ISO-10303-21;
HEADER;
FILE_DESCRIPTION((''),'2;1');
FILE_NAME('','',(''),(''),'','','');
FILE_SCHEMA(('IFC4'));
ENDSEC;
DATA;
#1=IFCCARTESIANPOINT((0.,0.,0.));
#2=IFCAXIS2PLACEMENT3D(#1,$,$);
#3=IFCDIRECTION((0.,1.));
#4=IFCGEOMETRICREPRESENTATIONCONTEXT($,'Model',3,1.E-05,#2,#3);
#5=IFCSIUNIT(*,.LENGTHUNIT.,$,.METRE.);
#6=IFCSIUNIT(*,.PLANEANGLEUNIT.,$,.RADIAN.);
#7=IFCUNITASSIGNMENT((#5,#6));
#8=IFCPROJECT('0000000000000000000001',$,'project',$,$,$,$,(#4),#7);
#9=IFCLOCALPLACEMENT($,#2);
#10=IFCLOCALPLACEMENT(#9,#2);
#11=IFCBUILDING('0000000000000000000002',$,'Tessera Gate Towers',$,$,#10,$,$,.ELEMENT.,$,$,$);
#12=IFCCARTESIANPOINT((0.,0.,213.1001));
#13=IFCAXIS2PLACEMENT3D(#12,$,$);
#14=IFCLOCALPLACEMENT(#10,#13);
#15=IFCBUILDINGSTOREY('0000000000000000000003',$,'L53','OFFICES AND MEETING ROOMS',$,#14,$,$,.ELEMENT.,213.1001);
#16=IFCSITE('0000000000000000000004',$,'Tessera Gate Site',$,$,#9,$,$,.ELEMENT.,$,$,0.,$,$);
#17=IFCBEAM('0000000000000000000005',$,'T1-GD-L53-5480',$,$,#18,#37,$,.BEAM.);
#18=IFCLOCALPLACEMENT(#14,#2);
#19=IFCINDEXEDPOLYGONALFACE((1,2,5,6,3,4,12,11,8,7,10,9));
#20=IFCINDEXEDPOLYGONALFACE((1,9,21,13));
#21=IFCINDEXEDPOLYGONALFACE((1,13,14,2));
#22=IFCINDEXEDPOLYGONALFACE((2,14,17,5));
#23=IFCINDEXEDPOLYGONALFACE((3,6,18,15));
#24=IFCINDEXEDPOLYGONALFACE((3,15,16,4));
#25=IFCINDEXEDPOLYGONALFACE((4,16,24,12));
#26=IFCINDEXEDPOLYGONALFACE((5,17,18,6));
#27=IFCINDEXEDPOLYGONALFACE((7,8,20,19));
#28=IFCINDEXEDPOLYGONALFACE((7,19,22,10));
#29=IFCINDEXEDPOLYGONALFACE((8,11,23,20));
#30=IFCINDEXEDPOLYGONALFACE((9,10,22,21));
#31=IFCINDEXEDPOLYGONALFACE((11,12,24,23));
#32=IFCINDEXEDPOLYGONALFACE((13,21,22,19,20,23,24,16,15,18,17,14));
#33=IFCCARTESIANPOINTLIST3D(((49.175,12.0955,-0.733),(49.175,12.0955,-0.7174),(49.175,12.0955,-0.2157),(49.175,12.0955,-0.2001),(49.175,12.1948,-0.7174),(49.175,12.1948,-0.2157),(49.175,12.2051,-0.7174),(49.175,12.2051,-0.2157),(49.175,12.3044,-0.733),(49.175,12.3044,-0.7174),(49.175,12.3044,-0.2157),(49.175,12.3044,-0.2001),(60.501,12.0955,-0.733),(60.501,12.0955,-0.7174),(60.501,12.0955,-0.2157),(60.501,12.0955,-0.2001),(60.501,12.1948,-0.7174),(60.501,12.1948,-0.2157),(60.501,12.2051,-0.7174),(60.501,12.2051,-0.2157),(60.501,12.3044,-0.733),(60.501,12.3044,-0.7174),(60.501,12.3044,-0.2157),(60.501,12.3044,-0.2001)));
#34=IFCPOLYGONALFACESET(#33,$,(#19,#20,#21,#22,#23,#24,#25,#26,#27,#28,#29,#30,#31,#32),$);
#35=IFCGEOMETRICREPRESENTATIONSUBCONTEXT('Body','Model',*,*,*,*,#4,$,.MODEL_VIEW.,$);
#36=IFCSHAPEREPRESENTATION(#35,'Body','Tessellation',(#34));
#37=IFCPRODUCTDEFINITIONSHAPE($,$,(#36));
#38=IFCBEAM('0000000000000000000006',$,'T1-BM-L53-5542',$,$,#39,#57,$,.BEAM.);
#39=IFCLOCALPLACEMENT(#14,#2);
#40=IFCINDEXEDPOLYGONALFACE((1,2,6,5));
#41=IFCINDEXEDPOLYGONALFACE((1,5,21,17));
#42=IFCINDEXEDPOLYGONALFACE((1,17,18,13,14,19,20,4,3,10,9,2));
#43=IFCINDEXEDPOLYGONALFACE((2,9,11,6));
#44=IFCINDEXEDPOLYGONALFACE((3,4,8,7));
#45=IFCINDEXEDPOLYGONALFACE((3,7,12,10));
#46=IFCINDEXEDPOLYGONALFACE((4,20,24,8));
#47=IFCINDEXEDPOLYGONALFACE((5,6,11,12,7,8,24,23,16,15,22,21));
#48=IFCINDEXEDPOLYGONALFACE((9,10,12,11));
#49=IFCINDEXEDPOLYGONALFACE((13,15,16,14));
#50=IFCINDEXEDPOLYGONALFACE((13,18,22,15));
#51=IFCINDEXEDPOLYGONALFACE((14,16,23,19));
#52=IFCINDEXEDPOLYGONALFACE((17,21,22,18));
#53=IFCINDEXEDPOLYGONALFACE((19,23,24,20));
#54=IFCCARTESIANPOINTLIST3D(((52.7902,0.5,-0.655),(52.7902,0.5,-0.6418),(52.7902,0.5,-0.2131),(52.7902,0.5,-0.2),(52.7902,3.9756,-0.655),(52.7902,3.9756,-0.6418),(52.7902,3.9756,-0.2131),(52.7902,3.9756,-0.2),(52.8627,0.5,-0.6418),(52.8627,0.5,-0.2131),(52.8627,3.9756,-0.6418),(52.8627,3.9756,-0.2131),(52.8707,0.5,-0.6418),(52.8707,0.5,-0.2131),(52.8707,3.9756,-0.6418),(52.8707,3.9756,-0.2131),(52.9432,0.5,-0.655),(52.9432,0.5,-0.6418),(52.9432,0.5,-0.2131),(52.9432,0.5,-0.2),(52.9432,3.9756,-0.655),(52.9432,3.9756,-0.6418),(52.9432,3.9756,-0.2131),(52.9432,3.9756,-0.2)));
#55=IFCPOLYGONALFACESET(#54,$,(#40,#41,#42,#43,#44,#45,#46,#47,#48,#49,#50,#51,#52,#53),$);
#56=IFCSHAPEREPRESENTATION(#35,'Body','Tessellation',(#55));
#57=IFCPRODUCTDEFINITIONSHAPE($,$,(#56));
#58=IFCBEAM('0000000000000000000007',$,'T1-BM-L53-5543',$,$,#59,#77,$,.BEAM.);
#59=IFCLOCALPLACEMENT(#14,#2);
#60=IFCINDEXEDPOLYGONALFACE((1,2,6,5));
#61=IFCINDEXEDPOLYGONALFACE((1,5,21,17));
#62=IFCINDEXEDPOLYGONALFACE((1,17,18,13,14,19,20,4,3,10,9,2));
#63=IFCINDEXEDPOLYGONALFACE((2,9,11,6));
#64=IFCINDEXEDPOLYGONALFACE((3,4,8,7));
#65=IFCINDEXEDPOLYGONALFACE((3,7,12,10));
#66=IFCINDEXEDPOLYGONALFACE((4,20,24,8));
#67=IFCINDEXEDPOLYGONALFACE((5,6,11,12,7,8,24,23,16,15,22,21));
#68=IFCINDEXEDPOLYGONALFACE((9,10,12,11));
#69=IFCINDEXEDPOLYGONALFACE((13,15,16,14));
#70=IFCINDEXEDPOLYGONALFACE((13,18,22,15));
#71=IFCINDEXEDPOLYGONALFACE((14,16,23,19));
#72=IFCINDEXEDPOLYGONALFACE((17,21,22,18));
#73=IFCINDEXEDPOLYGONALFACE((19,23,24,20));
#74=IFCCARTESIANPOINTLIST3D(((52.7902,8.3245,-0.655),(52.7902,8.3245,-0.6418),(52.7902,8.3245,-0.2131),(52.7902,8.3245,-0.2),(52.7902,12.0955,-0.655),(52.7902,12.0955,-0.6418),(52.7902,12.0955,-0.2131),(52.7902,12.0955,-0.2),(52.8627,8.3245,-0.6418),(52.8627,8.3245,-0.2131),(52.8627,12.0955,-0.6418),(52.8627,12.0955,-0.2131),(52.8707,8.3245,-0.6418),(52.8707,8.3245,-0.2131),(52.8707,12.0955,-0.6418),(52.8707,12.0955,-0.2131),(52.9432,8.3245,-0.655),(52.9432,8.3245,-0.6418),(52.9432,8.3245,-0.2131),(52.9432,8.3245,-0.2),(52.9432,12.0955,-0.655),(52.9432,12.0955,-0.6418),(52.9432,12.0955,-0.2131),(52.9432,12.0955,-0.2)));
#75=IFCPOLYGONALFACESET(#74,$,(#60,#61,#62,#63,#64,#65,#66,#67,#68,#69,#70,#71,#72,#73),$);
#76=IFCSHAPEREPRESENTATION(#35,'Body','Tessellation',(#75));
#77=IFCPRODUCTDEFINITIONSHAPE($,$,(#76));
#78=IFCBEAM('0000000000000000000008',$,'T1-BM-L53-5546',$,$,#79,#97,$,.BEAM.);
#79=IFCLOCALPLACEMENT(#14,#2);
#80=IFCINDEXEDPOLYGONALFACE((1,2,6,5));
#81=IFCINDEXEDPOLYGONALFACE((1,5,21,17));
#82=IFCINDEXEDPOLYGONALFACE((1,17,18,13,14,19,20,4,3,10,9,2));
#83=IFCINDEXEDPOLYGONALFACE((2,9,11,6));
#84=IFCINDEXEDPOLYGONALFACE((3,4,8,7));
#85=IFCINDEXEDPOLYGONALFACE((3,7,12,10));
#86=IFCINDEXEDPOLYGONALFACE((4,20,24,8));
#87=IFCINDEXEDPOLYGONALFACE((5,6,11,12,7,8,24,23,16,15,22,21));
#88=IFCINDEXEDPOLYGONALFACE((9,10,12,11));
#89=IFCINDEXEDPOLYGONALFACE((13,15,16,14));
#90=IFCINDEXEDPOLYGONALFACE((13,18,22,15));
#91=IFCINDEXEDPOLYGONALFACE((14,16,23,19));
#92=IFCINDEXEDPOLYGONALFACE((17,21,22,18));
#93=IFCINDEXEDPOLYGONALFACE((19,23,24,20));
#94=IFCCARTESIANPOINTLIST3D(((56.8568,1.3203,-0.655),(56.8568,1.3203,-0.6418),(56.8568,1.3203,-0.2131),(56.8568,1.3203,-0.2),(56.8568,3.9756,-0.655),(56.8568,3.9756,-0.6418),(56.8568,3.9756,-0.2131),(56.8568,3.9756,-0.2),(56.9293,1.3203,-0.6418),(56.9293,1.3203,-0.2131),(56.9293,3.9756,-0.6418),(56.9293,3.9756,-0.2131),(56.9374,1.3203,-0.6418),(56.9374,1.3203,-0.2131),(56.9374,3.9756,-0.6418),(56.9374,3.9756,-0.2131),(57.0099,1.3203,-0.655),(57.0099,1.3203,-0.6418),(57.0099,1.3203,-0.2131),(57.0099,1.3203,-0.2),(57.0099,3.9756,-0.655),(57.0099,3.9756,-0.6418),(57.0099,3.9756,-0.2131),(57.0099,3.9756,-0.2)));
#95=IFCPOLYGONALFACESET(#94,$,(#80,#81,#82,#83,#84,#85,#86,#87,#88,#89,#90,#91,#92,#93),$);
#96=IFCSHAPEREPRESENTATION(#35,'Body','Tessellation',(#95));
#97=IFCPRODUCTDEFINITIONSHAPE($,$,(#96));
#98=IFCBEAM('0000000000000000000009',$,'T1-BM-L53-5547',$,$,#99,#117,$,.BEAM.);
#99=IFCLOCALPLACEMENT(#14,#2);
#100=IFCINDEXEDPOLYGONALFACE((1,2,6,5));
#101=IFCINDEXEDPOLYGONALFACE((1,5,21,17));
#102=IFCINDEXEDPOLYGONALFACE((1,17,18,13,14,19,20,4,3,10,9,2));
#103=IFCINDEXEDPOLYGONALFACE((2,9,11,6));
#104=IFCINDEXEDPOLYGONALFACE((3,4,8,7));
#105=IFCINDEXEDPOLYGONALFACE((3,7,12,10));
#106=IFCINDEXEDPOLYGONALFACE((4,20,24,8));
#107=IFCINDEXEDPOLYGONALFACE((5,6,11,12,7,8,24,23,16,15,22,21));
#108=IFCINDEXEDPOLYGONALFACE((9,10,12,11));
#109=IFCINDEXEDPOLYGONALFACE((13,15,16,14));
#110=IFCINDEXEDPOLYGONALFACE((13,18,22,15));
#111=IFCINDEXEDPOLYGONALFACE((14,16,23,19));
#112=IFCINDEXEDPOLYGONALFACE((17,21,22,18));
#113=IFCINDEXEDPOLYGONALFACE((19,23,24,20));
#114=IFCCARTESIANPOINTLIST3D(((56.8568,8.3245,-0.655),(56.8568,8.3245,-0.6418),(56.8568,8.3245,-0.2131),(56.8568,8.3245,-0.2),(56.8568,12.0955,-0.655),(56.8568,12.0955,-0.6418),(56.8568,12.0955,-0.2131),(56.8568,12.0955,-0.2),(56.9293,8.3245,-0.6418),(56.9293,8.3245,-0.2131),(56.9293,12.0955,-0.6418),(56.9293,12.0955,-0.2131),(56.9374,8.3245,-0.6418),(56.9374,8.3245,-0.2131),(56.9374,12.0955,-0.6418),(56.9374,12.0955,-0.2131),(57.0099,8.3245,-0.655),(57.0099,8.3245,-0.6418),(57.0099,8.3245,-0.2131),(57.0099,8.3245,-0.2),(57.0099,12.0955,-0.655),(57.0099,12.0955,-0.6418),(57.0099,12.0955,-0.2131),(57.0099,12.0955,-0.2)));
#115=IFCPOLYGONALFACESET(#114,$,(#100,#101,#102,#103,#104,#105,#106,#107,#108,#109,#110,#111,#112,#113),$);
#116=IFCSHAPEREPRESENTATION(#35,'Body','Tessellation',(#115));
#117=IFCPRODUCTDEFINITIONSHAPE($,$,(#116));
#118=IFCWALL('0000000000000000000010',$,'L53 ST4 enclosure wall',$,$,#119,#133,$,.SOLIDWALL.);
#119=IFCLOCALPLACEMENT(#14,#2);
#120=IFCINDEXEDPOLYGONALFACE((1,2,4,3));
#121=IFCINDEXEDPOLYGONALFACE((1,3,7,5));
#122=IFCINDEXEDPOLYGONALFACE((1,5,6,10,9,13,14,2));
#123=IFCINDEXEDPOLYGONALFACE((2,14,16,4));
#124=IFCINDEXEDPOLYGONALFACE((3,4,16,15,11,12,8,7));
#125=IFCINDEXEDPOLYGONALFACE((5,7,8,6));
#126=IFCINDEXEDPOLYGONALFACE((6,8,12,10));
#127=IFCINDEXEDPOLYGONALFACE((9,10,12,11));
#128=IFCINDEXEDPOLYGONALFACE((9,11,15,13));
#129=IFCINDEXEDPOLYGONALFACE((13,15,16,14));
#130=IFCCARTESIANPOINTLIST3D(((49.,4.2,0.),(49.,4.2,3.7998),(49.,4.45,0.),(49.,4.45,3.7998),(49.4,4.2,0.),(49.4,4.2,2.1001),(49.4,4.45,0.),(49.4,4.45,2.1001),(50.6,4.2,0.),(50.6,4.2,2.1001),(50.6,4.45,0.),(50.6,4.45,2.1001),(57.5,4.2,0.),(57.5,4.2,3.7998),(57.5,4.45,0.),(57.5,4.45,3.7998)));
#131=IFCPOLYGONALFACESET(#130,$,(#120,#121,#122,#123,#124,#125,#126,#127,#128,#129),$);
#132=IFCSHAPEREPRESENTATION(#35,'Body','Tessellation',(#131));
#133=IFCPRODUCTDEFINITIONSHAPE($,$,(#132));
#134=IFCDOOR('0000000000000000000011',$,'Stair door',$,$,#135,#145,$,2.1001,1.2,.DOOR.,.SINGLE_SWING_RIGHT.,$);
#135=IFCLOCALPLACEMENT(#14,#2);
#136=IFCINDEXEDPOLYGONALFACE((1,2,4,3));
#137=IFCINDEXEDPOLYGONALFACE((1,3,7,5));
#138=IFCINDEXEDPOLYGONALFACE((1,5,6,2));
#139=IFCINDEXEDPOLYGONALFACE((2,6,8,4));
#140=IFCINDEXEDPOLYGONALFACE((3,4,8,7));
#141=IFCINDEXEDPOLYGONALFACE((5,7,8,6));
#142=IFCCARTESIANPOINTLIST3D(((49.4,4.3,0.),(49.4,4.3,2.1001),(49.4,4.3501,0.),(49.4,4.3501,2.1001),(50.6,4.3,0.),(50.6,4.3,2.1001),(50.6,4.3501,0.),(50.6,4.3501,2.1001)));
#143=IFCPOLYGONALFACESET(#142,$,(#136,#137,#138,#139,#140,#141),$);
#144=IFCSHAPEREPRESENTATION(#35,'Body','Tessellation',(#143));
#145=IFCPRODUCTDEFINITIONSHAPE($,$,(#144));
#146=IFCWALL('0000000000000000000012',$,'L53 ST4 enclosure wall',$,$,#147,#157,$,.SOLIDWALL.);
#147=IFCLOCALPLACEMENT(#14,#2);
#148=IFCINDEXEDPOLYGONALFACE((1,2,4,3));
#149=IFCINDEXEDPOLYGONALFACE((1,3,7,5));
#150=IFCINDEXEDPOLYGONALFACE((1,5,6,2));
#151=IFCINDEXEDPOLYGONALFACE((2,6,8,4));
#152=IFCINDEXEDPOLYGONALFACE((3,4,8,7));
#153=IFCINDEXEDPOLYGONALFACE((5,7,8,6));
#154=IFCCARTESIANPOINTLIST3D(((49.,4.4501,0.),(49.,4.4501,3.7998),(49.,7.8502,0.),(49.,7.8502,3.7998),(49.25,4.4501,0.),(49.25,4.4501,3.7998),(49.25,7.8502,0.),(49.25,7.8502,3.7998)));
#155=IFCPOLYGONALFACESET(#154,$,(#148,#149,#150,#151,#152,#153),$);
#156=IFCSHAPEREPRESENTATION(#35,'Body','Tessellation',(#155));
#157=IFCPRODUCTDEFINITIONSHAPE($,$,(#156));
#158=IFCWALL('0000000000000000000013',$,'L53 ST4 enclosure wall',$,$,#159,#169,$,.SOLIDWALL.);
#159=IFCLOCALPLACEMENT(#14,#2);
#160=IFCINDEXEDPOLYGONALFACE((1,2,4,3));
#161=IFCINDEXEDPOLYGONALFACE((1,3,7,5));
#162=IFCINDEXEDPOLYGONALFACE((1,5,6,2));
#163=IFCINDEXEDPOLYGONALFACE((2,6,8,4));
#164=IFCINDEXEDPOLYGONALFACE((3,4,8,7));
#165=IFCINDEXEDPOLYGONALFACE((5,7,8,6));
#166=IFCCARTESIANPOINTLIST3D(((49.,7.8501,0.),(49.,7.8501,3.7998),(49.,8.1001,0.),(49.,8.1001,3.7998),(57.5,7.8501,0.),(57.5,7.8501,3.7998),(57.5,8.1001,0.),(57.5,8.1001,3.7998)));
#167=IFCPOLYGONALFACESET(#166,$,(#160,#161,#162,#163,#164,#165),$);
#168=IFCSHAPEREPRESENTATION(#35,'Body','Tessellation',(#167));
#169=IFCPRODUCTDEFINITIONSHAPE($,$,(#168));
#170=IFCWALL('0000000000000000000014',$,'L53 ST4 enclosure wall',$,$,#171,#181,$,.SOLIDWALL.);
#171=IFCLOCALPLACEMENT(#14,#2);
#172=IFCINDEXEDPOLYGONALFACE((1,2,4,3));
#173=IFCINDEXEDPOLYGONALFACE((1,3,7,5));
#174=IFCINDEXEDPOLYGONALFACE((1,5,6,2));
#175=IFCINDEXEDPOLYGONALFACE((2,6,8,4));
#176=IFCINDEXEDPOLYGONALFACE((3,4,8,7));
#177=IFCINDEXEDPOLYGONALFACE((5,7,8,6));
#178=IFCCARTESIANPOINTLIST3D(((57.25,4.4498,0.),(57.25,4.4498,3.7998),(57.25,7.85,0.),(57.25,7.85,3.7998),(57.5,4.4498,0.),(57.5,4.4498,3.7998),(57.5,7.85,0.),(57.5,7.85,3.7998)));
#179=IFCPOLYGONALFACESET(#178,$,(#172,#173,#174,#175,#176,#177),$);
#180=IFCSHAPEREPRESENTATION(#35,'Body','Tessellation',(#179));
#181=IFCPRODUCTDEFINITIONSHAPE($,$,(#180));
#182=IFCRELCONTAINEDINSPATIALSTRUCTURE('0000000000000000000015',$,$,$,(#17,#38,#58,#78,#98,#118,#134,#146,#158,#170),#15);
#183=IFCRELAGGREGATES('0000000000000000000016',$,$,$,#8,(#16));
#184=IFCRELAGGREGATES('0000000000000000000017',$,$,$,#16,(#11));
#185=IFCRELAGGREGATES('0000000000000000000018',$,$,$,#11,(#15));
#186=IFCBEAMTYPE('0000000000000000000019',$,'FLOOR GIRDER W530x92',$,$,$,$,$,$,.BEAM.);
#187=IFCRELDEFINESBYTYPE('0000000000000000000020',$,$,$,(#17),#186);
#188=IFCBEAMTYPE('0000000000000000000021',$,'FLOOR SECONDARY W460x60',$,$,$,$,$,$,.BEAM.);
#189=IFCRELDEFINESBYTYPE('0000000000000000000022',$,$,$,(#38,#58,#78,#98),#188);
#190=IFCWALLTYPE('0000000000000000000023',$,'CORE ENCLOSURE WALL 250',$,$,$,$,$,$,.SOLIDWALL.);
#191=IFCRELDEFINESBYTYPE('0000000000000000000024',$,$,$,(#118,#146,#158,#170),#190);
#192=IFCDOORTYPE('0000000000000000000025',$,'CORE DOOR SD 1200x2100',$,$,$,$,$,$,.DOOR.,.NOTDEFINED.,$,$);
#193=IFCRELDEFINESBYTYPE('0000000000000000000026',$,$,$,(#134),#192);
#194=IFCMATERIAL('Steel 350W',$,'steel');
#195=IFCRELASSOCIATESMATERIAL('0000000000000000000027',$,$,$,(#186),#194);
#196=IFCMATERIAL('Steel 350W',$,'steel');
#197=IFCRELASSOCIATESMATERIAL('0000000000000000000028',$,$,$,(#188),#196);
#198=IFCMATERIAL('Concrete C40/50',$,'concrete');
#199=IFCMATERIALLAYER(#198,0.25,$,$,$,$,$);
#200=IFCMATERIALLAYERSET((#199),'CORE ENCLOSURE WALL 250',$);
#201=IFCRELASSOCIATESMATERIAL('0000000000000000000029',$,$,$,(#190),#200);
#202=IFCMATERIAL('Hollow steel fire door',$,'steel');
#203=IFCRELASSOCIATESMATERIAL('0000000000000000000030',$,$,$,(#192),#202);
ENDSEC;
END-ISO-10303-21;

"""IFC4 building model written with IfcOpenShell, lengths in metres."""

from ifc_helpers import new_model, si_unit, direction, frame, frame_2d, origin, origin_2d, place, context, subcontext, project, spatial, rectangle, i_section, extrude, source, transform, mapped, material, layer, layer_set, material_profile, profile_set, type_object, element, fill, save


model = new_model("IFC4")

# Units and contexts
model_context = context("Model", 3, precision=1e-05, world=origin(), true_north=direction((0.0, 1.0)))
body_context = subcontext(model_context, "Body", "Model", "MODEL_VIEW")
ifc_project = project(units=[si_unit("LENGTHUNIT", "METRE"), si_unit("PLANEANGLEUNIT", "RADIAN")], contexts=[model_context])

# Site, building, storey
site_placement = place(None, origin())
site = spatial("IfcSite", under=ifc_project, at=site_placement, Name="Tessera Gate Site", CompositionType="ELEMENT", RefElevation=0.0)
building_placement = place(site_placement, origin())
building = spatial("IfcBuilding", under=site, at=building_placement, Name="Tessera Gate Towers", CompositionType="ELEMENT")
storey_placement = place(building_placement, frame((0.0, 0.0, 213.1001)))
storey = spatial("IfcBuildingStorey", under=building, at=storey_placement, Name="L53", Description="OFFICES AND MEETING ROOMS", CompositionType="ELEMENT", Elevation=213.1001)

# Beams
ifc_material_1 = material(Name="Steel 350W", Category="steel")
ifc_material_profile_1 = material_profile(ifc_material_1, i_section(OverallWidth=0.209, OverallDepth=0.533, WebThickness=0.0103, FlangeThickness=0.0156, at=origin_2d()), Name="W530x92")
ifc_profile_set_1 = profile_set([ifc_material_profile_1], Name="Steel 350W")
beam_type_1 = type_object("IfcBeamType", Name="FLOOR GIRDER W530x92", PredefinedType="BEAM", material=ifc_profile_set_1)
beam_1_placement = place(storey_placement, frame((49.175, 12.2, -0.4666), z_axis=(1.0, 0.0, 0.0), x_axis=(0.0, 1.0, 0.0)))
element("IfcBeam", 1, at=beam_1_placement, inside=storey, type_object=beam_type_1, Name="T1-GD-L53-5480", PredefinedType="BEAM", context=body_context, shape_type="SweptSolid", body=[
    extrude(i_section(OverallWidth=0.209, OverallDepth=0.533, WebThickness=0.0103, FlangeThickness=0.0156, at=origin_2d()), origin(), (0.0, 0.0, 1.0), 11.3259),
])
ifc_material_2 = material(Name="Steel 350W", Category="steel")
ifc_material_profile_2 = material_profile(ifc_material_2, i_section(OverallWidth=0.1531, OverallDepth=0.4551, WebThickness=0.0081, FlangeThickness=0.0132, at=origin_2d()), Name="W460x60")
ifc_profile_set_2 = profile_set([ifc_material_profile_2], Name="Steel 350W")
beam_type_2 = type_object("IfcBeamType", Name="FLOOR SECONDARY W460x60", PredefinedType="BEAM", material=ifc_profile_set_2)
beam_2_placement = place(storey_placement, frame((52.8667, 0.5, -0.4275), z_axis=(0.0, 1.0, 0.0), x_axis=(-1.0, 0.0, 0.0)))
element("IfcBeam", 2, at=beam_2_placement, inside=storey, type_object=beam_type_2, Name="T1-BM-L53-5542", PredefinedType="BEAM", context=body_context, shape_type="SweptSolid", body=[
    extrude(i_section(OverallWidth=0.1531, OverallDepth=0.4551, WebThickness=0.0081, FlangeThickness=0.0132, at=origin_2d()), origin(), (0.0, 0.0, 1.0), 3.4756),
])
beam_3_placement = place(storey_placement, frame((52.8667, 8.3245, -0.4275), z_axis=(0.0, 1.0, 0.0), x_axis=(-1.0, 0.0, 0.0)))
element("IfcBeam", 3, at=beam_3_placement, inside=storey, type_object=beam_type_2, Name="T1-BM-L53-5543", PredefinedType="BEAM", context=body_context, shape_type="SweptSolid", body=[
    extrude(i_section(OverallWidth=0.1531, OverallDepth=0.4551, WebThickness=0.0081, FlangeThickness=0.0132, at=origin_2d()), origin(), (0.0, 0.0, 1.0), 3.771),
])
beam_4_placement = place(storey_placement, frame((56.9333, 1.3203, -0.4275), z_axis=(0.0, 1.0, 0.0), x_axis=(-1.0, 0.0, 0.0)))
element("IfcBeam", 4, at=beam_4_placement, inside=storey, type_object=beam_type_2, Name="T1-BM-L53-5546", PredefinedType="BEAM", context=body_context, shape_type="SweptSolid", body=[
    extrude(i_section(OverallWidth=0.1531, OverallDepth=0.4551, WebThickness=0.0081, FlangeThickness=0.0132, at=origin_2d()), origin(), (0.0, 0.0, 1.0), 2.6553),
])
beam_5_placement = place(storey_placement, frame((56.9333, 8.3245, -0.4275), z_axis=(0.0, 1.0, 0.0), x_axis=(-1.0, 0.0, 0.0)))
element("IfcBeam", 5, at=beam_5_placement, inside=storey, type_object=beam_type_2, Name="T1-BM-L53-5547", PredefinedType="BEAM", context=body_context, shape_type="SweptSolid", body=[
    extrude(i_section(OverallWidth=0.1531, OverallDepth=0.4551, WebThickness=0.0081, FlangeThickness=0.0132, at=origin_2d()), origin(), (0.0, 0.0, 1.0), 3.771),
])

# Wall, opening, door
ifc_material_3 = material(Name="Concrete C40/50", Category="concrete")
ifc_layer_1 = layer(ifc_material_3, 0.25)
ifc_layer_set_1 = layer_set([ifc_layer_1], Name="CORE ENCLOSURE WALL 250")
wall_type_1 = type_object("IfcWallType", Name="CORE ENCLOSURE WALL 250", PredefinedType="SOLIDWALL", material=ifc_layer_set_1)
wall_1_placement = place(storey_placement, frame((57.5, 4.325, 0.0), z_axis=(0.0, 0.0, 1.0), x_axis=(-1.0, 0.0, 0.0)))
wall_1 = element("IfcWall", 6, at=wall_1_placement, inside=storey, type_object=wall_type_1, Name="L53 ST4 enclosure wall", PredefinedType="SOLIDWALL", context=body_context, shape_type="SweptSolid", body=[
    extrude(rectangle(XDim=8.5, YDim=0.25, at=frame_2d((4.25, 0.0))), origin(), (0.0, 0.0, 1.0), 3.7998),
])
shared_shape_1 = source(origin(), body_context, "Body", "SweptSolid", [
    extrude(rectangle(XDim=1.2, YDim=2.1001, at=frame_2d((0.6001, 1.05))), frame((0.0, 0.135, 0.0), z_axis=(0.0, -1.0, 0.0), x_axis=(1.0, 0.0, 0.0)), (0.0, 0.0, 1.0), 0.27),
])
opening_1_placement = place(wall_1_placement, frame((6.8999, 0.0, 0.0)))
opening_1 = element("IfcOpeningElement", 7, at=opening_1_placement, cuts=wall_1, PredefinedType="OPENING", context=body_context, shape_type="MappedRepresentation", body=[
    mapped(shared_shape_1, transform((0.0, 0.0, 0.0), scale=1.0)),
])
ifc_material_4 = material(Name="Hollow steel fire door", Category="steel")
door_type = type_object("IfcDoorType", Name="CORE DOOR SD 1200x2100", OperationType="NOTDEFINED", PredefinedType="DOOR", material=ifc_material_4)
shared_shape_2 = source(origin(), body_context, "Body", "SweptSolid", [
    extrude(rectangle(XDim=1.2, YDim=2.1001, at=frame_2d((0.6001, 1.05))), frame((0.0, 0.0249, 0.0), z_axis=(0.0, -1.0, 0.0), x_axis=(1.0, 0.0, 0.0)), (0.0, 0.0, 1.0), 0.05),
])
door_placement = place(opening_1_placement, origin())
door = element("IfcDoor", 8, at=door_placement, inside=storey, type_object=door_type, Name="Stair door", OperationType="SINGLE_SWING_RIGHT", OverallHeight=2.1001, OverallWidth=1.2, PredefinedType="DOOR", context=body_context, shape_type="MappedRepresentation", body=[
    mapped(shared_shape_2, transform((0.0, 0.0, 0.0), scale=1.0)),
])
fill(opening_1, door)

# Walls
wall_2_placement = place(storey_placement, frame((49.125, 4.45, 0.0), z_axis=(0.0, 0.0, 1.0), x_axis=(0.0, 1.0, 0.0)))
element("IfcWall", 9, at=wall_2_placement, inside=storey, type_object=wall_type_1, Name="L53 ST4 enclosure wall", PredefinedType="SOLIDWALL", context=body_context, shape_type="SweptSolid", body=[
    extrude(rectangle(XDim=3.4001, YDim=0.25, at=frame_2d((1.7002, 0.0))), origin(), (0.0, 0.0, 1.0), 3.7998),
])
wall_3_placement = place(storey_placement, frame((49.0, 7.9751, 0.0), z_axis=(0.0, 0.0, 1.0), x_axis=(1.0, 0.0, 0.0)))
element("IfcWall", 10, at=wall_3_placement, inside=storey, type_object=wall_type_1, Name="L53 ST4 enclosure wall", PredefinedType="SOLIDWALL", context=body_context, shape_type="SweptSolid", body=[
    extrude(rectangle(XDim=8.5, YDim=0.25, at=frame_2d((4.25, 0.0))), origin(), (0.0, 0.0, 1.0), 3.7998),
])
wall_4_placement = place(storey_placement, frame((57.375, 7.8501, 0.0), z_axis=(0.0, 0.0, 1.0), x_axis=(0.0, -1.0, 0.0)))
element("IfcWall", 11, at=wall_4_placement, inside=storey, type_object=wall_type_1, Name="L53 ST4 enclosure wall", PredefinedType="SOLIDWALL", context=body_context, shape_type="SweptSolid", body=[
    extrude(rectangle(XDim=3.4001, YDim=0.25, at=frame_2d((1.7002, 0.0))), origin(), (0.0, 0.0, 1.0), 3.7998),
])

save(model, "model.ifc")
